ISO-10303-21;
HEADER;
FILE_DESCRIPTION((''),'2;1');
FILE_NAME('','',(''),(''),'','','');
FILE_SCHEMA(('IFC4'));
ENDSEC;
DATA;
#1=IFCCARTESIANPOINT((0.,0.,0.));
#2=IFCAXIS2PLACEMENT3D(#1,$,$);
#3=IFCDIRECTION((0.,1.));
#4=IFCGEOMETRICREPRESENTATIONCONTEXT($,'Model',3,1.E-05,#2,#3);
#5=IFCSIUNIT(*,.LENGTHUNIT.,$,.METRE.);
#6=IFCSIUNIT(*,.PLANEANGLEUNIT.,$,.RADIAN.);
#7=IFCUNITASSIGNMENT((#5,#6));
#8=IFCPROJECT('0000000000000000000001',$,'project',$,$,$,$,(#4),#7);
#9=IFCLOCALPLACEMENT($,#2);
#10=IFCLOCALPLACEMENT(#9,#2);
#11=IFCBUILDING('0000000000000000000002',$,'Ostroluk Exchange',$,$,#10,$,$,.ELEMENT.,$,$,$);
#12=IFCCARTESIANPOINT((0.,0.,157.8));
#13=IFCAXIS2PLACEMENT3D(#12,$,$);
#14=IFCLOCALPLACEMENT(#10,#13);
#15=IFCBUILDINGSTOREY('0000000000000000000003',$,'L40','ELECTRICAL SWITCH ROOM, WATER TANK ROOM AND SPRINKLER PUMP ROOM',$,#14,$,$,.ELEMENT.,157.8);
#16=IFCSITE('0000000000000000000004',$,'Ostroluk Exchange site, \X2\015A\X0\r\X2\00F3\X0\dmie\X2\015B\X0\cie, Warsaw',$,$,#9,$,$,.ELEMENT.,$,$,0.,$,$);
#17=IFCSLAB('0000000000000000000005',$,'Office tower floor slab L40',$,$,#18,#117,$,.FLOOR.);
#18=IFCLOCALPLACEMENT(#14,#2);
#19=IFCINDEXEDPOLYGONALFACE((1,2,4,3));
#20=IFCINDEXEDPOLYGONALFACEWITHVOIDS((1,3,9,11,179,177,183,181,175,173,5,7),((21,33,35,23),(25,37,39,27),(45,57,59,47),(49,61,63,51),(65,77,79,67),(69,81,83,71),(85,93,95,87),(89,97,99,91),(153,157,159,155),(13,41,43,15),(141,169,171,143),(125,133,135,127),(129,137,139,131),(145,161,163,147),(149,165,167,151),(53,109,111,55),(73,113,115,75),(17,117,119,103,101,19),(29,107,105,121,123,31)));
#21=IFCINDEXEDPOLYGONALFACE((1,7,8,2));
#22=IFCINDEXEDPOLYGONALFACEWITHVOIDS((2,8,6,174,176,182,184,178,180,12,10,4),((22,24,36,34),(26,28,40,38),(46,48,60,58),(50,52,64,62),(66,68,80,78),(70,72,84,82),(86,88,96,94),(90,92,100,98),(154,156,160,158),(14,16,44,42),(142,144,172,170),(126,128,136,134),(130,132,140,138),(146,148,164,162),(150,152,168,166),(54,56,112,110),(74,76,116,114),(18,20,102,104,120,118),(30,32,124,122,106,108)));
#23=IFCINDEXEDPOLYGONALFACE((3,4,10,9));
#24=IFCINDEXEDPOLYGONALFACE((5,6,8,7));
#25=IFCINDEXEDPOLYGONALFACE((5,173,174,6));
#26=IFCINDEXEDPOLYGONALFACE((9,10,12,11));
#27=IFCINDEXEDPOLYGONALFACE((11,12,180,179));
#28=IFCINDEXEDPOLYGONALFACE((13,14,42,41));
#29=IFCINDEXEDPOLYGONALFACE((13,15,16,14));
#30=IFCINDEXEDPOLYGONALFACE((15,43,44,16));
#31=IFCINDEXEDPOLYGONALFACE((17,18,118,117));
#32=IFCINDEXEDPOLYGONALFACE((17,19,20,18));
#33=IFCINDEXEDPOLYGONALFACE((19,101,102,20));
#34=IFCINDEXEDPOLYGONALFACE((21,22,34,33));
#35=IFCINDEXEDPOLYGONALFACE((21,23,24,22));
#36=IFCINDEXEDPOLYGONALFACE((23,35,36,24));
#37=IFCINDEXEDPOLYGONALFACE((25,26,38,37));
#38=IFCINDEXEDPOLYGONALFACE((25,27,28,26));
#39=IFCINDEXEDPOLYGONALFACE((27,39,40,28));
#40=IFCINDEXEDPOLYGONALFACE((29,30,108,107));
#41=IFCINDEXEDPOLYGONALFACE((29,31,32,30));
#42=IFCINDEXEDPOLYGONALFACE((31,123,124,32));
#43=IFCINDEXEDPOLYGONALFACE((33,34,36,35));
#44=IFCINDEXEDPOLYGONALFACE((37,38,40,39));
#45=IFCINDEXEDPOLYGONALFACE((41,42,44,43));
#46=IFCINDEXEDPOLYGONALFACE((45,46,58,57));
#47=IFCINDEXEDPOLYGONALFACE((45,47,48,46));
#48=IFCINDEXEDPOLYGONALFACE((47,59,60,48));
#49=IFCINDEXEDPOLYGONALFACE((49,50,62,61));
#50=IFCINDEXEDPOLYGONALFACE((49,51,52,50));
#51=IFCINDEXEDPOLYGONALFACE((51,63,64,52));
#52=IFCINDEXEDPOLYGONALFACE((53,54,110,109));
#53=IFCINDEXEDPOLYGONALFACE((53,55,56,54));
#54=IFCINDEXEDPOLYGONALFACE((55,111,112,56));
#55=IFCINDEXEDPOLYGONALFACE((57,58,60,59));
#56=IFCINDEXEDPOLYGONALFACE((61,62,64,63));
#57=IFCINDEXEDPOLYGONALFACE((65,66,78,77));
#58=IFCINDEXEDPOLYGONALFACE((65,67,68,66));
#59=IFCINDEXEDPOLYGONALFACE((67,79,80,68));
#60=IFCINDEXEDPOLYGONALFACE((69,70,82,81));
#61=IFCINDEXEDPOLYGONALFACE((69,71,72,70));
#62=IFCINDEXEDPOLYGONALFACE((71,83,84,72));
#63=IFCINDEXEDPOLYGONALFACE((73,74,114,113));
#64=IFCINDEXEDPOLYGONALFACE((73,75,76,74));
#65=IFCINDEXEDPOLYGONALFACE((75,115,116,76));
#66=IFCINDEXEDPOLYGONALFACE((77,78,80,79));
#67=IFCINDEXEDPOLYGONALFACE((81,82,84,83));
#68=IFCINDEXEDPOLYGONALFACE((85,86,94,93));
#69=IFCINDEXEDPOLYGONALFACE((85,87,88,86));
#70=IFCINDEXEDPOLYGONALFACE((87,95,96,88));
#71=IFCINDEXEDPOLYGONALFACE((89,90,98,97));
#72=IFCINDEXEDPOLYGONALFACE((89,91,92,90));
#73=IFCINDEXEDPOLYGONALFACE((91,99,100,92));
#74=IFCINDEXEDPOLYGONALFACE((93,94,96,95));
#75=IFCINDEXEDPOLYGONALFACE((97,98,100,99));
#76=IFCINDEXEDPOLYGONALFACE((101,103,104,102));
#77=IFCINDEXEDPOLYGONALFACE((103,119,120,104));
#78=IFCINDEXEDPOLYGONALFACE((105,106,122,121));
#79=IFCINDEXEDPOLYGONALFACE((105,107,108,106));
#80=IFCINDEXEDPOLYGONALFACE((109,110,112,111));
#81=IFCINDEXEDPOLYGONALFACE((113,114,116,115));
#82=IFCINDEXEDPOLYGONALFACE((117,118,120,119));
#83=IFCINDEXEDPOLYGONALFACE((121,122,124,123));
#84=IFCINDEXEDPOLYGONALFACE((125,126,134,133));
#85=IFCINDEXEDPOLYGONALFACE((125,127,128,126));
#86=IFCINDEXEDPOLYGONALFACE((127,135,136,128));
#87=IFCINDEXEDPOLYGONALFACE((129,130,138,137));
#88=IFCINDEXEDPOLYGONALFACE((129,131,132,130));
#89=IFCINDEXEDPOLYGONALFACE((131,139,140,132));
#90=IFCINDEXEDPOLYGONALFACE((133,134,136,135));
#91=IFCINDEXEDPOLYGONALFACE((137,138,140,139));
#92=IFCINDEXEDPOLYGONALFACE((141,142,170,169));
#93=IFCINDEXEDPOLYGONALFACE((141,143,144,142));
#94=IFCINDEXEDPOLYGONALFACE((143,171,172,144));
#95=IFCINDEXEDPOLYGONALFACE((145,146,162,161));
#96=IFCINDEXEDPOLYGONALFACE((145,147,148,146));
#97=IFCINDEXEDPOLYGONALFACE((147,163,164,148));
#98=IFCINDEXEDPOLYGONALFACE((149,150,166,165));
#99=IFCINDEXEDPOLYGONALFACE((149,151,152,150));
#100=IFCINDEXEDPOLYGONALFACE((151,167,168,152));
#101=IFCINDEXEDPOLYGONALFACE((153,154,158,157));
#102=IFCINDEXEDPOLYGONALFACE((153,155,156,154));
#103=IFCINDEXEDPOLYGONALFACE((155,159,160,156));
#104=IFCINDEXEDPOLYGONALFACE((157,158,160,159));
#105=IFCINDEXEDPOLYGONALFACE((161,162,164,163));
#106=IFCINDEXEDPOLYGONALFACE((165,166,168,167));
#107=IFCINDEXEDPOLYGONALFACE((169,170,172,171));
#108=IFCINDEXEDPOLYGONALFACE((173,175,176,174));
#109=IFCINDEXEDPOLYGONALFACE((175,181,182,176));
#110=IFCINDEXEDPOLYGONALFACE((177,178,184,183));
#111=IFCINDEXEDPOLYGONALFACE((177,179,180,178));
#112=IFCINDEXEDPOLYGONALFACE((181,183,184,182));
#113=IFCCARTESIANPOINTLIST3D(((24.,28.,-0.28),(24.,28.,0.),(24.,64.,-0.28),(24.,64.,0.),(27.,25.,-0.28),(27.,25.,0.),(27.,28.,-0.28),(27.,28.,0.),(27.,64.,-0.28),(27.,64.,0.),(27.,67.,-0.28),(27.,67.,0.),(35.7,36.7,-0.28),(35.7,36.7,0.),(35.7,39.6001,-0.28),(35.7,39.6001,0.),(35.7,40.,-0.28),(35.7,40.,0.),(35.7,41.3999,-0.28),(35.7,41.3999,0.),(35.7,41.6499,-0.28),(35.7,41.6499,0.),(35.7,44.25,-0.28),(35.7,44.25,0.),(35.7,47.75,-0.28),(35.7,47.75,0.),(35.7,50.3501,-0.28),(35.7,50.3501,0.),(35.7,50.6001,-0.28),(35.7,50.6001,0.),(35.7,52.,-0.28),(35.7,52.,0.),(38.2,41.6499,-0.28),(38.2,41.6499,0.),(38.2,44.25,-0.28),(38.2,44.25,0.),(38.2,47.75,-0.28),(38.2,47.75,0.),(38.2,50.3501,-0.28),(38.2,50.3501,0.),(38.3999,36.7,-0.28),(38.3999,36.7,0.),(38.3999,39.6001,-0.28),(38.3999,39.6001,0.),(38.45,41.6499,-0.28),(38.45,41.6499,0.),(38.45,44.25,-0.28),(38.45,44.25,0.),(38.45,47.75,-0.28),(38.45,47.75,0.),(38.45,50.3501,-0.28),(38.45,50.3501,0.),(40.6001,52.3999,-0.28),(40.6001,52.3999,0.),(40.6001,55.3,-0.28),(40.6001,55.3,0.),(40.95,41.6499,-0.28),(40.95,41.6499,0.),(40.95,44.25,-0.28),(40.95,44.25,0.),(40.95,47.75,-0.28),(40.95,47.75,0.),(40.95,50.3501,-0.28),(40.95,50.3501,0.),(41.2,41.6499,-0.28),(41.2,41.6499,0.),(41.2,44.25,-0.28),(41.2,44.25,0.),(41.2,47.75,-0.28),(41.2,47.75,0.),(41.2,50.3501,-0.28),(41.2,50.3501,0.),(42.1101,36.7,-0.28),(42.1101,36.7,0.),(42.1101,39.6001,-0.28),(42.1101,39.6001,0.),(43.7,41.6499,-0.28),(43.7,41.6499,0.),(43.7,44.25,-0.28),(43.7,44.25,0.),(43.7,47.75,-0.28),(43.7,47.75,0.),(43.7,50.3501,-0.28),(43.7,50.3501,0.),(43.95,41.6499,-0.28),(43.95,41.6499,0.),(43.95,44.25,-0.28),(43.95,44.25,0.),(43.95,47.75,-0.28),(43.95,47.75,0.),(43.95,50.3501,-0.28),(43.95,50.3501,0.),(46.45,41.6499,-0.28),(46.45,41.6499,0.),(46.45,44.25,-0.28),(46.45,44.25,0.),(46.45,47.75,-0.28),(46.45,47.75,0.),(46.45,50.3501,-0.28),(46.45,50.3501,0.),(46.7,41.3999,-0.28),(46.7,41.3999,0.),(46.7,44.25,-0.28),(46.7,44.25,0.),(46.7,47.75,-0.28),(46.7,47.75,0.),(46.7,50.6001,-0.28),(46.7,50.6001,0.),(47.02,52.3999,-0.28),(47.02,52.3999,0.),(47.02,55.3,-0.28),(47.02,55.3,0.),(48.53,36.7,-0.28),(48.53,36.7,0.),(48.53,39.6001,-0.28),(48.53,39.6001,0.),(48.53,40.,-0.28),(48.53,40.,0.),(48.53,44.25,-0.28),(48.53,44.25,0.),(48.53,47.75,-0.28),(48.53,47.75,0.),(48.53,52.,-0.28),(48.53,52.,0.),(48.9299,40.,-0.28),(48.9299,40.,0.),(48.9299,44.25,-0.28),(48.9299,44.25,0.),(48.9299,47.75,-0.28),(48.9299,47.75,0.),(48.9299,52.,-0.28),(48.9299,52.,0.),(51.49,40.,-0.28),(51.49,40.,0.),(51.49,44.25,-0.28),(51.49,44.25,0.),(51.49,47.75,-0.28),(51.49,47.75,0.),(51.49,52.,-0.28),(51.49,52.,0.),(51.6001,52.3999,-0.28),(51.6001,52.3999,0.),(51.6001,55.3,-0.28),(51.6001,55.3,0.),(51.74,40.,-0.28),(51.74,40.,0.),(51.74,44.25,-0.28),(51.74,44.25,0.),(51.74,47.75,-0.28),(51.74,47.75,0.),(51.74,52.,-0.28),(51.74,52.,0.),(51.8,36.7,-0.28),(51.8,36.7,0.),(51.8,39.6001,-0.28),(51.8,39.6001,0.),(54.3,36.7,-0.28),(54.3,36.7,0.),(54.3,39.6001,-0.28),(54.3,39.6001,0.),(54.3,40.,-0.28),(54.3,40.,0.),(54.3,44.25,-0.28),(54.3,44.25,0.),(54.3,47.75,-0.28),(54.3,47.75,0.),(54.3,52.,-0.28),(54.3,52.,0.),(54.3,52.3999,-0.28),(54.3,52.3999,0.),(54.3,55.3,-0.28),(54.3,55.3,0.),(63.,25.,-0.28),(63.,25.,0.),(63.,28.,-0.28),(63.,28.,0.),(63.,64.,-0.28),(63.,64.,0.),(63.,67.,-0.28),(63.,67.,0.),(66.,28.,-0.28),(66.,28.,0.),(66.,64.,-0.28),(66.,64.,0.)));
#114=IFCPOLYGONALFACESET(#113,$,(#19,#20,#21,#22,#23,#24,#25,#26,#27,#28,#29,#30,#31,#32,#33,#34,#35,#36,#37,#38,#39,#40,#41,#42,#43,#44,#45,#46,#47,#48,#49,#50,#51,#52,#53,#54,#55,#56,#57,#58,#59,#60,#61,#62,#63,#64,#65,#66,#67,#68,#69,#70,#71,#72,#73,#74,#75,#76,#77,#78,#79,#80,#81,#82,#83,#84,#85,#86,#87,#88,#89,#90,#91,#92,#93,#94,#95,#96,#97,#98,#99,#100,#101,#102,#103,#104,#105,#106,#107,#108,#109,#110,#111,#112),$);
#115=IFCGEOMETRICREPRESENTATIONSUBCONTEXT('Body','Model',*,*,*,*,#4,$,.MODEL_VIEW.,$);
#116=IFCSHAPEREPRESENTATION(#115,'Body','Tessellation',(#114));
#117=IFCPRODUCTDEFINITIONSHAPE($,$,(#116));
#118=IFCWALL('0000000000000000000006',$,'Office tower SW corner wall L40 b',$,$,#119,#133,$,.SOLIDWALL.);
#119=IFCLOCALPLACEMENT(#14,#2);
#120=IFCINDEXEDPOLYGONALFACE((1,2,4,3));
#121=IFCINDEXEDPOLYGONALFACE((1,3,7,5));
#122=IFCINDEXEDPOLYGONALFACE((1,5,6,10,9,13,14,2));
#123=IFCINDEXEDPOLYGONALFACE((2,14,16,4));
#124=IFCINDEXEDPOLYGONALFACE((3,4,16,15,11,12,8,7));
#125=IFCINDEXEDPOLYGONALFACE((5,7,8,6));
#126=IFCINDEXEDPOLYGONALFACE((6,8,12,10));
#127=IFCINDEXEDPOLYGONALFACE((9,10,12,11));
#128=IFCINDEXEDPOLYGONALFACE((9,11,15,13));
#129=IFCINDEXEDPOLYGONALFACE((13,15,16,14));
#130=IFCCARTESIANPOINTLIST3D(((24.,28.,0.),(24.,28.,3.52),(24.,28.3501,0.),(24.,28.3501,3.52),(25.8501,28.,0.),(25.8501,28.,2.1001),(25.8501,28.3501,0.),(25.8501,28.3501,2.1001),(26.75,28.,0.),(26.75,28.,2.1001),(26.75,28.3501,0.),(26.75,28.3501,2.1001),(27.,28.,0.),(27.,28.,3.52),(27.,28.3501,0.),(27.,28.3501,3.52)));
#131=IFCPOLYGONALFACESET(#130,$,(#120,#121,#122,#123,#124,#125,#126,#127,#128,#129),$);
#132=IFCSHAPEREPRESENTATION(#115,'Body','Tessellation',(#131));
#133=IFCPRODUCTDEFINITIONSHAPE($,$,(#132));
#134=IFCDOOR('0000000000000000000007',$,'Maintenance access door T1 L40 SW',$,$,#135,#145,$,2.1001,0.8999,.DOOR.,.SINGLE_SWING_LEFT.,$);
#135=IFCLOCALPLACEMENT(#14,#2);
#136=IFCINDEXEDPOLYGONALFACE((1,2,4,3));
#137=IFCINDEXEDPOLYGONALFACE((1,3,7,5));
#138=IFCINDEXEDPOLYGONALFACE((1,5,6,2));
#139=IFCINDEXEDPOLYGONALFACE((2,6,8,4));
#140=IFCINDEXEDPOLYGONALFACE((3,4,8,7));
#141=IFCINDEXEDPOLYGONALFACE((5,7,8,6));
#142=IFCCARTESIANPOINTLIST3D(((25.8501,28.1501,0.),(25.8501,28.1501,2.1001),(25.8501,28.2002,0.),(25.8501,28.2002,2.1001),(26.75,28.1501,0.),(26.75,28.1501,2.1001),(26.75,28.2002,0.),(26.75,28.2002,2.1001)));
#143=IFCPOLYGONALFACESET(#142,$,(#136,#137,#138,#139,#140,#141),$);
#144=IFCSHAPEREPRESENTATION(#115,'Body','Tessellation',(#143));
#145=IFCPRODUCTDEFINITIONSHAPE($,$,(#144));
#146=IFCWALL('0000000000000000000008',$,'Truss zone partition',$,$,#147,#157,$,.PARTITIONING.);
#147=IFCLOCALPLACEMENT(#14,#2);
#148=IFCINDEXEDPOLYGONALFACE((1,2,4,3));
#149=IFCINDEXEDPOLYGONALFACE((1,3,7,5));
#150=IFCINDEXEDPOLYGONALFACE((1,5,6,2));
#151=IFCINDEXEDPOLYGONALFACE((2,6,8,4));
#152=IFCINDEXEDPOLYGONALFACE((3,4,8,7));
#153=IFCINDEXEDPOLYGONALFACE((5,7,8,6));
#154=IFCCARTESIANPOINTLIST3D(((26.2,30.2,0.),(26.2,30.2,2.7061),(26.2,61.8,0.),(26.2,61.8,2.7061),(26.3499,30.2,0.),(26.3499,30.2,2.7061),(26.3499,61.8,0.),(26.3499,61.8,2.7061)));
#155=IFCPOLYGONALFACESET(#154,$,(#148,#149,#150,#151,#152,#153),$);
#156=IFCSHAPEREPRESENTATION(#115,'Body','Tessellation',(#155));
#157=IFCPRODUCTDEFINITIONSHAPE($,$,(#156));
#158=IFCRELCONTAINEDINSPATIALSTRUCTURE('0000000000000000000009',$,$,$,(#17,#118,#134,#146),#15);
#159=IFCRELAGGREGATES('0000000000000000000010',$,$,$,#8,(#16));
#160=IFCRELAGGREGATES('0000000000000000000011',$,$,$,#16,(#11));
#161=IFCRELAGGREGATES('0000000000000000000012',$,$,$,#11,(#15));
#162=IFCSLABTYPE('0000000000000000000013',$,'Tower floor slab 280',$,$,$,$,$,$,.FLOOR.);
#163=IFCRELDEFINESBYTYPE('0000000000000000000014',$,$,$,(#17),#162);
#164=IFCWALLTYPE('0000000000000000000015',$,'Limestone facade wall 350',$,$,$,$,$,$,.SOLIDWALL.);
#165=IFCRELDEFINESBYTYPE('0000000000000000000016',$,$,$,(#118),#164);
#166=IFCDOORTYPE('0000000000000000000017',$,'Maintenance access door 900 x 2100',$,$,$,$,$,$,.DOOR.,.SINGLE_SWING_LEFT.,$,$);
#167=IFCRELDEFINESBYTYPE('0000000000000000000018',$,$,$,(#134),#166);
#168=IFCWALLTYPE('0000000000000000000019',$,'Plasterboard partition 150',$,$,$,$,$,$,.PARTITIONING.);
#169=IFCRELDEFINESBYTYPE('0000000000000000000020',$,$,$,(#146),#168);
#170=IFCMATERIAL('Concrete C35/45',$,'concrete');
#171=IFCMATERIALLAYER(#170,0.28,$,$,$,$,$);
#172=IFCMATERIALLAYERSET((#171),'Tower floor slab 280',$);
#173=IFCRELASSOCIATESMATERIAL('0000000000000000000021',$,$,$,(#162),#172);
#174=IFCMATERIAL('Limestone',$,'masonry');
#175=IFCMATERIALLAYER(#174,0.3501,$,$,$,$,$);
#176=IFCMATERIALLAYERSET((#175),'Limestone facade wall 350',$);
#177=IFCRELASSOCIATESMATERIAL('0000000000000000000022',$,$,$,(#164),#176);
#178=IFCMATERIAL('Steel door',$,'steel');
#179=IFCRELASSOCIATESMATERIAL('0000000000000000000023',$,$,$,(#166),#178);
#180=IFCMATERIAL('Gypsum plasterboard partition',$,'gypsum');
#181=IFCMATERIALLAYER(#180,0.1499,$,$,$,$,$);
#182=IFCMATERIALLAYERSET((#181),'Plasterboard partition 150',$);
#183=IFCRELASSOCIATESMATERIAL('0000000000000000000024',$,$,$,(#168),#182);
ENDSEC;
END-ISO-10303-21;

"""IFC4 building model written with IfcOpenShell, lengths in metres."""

from ifc_helpers import new_model, si_unit, direction, frame, frame_2d, origin, place, context, subcontext, project, spatial, polyline, rectangle, outline, extrude, material, layer, layer_set, type_object, element, fill, save


model = new_model("IFC4")

# Units and contexts
model_context = context("Model", 3, precision=1e-05, world=origin(), true_north=direction((0.0, 1.0)))
body_context = subcontext(model_context, "Body", "Model", "MODEL_VIEW")
ifc_project = project(units=[si_unit("LENGTHUNIT", "METRE"), si_unit("PLANEANGLEUNIT", "RADIAN")], contexts=[model_context])

# Site, building, storey
site_placement = place(None, origin())
site = spatial("IfcSite", under=ifc_project, at=site_placement, Name="Ostroluk Exchange site, Śródmieście, Warsaw", CompositionType="ELEMENT", RefElevation=0.0)
building_placement = place(site_placement, origin())
building = spatial("IfcBuilding", under=site, at=building_placement, Name="Ostroluk Exchange", CompositionType="ELEMENT")
storey_placement = place(building_placement, frame((0.0, 0.0, 157.8)))
storey = spatial("IfcBuildingStorey", under=building, at=storey_placement, Name="L40", Description="ELECTRICAL SWITCH ROOM, WATER TANK ROOM AND SPRINKLER PUMP ROOM", CompositionType="ELEMENT", Elevation=157.8)

# Slab
ifc_material_1 = material(Name="Concrete C35/45", Category="concrete")
ifc_layer_1 = layer(ifc_material_1, 0.28)
ifc_layer_set_1 = layer_set([ifc_layer_1], Name="Tower floor slab 280")
slab_type_1 = type_object("IfcSlabType", Name="Tower floor slab 280", PredefinedType="FLOOR", material=ifc_layer_set_1)
slab_1_placement = place(storey_placement, frame((0.0, 0.0, -0.28)))
element("IfcSlab", 1, at=slab_1_placement, inside=storey, type_object=slab_type_1, Name="Office tower floor slab L40", PredefinedType="FLOOR", context=body_context, shape_type="SweptSolid", body=[
    extrude(outline(polyline([(27.0, 25.0), (63.0, 25.0), (63.0, 28.0), (66.0, 28.0), (66.0, 64.0), (63.0, 64.0), (63.0, 67.0), (27.0, 67.0), (27.0, 64.0), (24.0, 64.0), (24.0, 28.0), (27.0, 28.0), (27.0, 25.0)]), holes=[polyline([(35.7, 36.7), (38.3999, 36.7), (38.3999, 39.6001), (35.7, 39.6001), (35.7, 36.7)]), polyline([(42.1101, 36.7), (48.53, 36.7), (48.53, 39.6001), (42.1101, 39.6001), (42.1101, 36.7)]), polyline([(51.8, 36.7), (54.3, 36.7), (54.3, 39.6001), (51.8, 39.6001), (51.8, 36.7)]), polyline([(40.6001, 52.3999), (47.02, 52.3999), (47.02, 55.3), (40.6001, 55.3), (40.6001, 52.3999)]), polyline([(51.6001, 52.3999), (54.3, 52.3999), (54.3, 55.3), (51.6001, 55.3), (51.6001, 52.3999)]), polyline([(35.7, 47.75), (38.2, 47.75), (38.2, 50.3501), (35.7, 50.3501), (35.7, 47.75)]), polyline([(38.45, 47.75), (40.95, 47.75), (40.95, 50.3501), (38.45, 50.3501), (38.45, 47.75)]), polyline([(41.2, 47.75), (43.7, 47.75), (43.7, 50.3501), (41.2, 50.3501), (41.2, 47.75)]), polyline([(43.95, 47.75), (46.45, 47.75), (46.45, 50.3501), (43.95, 50.3501), (43.95, 47.75)]), polyline([(35.7, 41.6499), (38.2, 41.6499), (38.2, 44.25), (35.7, 44.25), (35.7, 41.6499)]), polyline([(38.45, 41.6499), (40.95, 41.6499), (40.95, 44.25), (38.45, 44.25), (38.45, 41.6499)]), polyline([(41.2, 41.6499), (43.7, 41.6499), (43.7, 44.25), (41.2, 44.25), (41.2, 41.6499)]), polyline([(43.95, 41.6499), (46.45, 41.6499), (46.45, 44.25), (43.95, 44.25), (43.95, 41.6499)]), polyline([(48.9299, 47.75), (51.49, 47.75), (51.49, 52.0), (48.9299, 52.0), (48.9299, 47.75)]), polyline([(51.74, 47.75), (54.3, 47.75), (54.3, 52.0), (51.74, 52.0), (51.74, 47.75)]), polyline([(48.9299, 40.0), (51.49, 40.0), (51.49, 44.25), (48.9299, 44.25), (48.9299, 40.0)]), polyline([(51.74, 40.0), (54.3, 40.0), (54.3, 44.25), (51.74, 44.25), (51.74, 40.0)]), polyline([(48.53, 52.0), (48.53, 47.75), (46.7, 47.75), (46.7, 50.6001), (35.7, 50.6001), (35.7, 52.0), (48.53, 52.0)]), polyline([(35.7, 40.0), (35.7, 41.3999), (46.7, 41.3999), (46.7, 44.25), (48.53, 44.25), (48.53, 40.0), (35.7, 40.0)])]), origin(), (0.0, 0.0, 1.0), 0.28),
])

# Wall, opening, door
ifc_material_2 = material(Name="Limestone", Category="masonry")
ifc_layer_2 = layer(ifc_material_2, 0.3501)
ifc_layer_set_2 = layer_set([ifc_layer_2], Name="Limestone facade wall 350")
wall_type_1 = type_object("IfcWallType", Name="Limestone facade wall 350", PredefinedType="SOLIDWALL", material=ifc_layer_set_2)
wall_1_placement = place(storey_placement, frame((27.0, 28.175, 0.0), z_axis=(0.0, 0.0, 1.0), x_axis=(-1.0, 0.0, 0.0)))
wall_1 = element("IfcWall", 2, at=wall_1_placement, inside=storey, type_object=wall_type_1, Name="Office tower SW corner wall L40 b", PredefinedType="SOLIDWALL", context=body_context, shape_type="SweptSolid", body=[
    extrude(rectangle(XDim=3.0, YDim=0.3501, at=frame_2d((1.5, 0.0))), origin(), (0.0, 0.0, 1.0), 3.52),
])
opening_placement = place(wall_1_placement, frame((0.25, 0.0, 0.0)))
opening = element("IfcOpeningElement", 3, at=opening_placement, cuts=wall_1, PredefinedType="OPENING", context=body_context, shape_type="SweptSolid", body=[
    extrude(rectangle(XDim=0.8999, YDim=2.1001, at=frame_2d((0.45, 1.05))), frame((0.0, 0.1851, 0.0), z_axis=(0.0, -1.0, 0.0), x_axis=(1.0, 0.0, 0.0)), (0.0, 0.0, 1.0), 0.3701),
])
ifc_material_3 = material(Name="Steel door", Category="steel")
door_type = type_object("IfcDoorType", Name="Maintenance access door 900 x 2100", OperationType="SINGLE_SWING_LEFT", PredefinedType="DOOR", material=ifc_material_3)
door_placement = place(opening_placement, origin())
door = element("IfcDoor", 4, at=door_placement, inside=storey, type_object=door_type, Name="Maintenance access door T1 L40 SW", OperationType="SINGLE_SWING_LEFT", OverallHeight=2.1001, OverallWidth=0.8999, PredefinedType="DOOR", context=body_context, shape_type="SweptSolid", body=[
    extrude(rectangle(XDim=0.8999, YDim=2.1001, at=frame_2d((0.45, 1.05))), frame((0.0, 0.0249, 0.0), z_axis=(0.0, -1.0, 0.0), x_axis=(1.0, 0.0, 0.0)), (0.0, 0.0, 1.0), 0.05),
])
fill(opening, door)

# Wall
ifc_material_4 = material(Name="Gypsum plasterboard partition", Category="gypsum")
ifc_layer_3 = layer(ifc_material_4, 0.1499)
ifc_layer_set_3 = layer_set([ifc_layer_3], Name="Plasterboard partition 150")
wall_type_2 = type_object("IfcWallType", Name="Plasterboard partition 150", PredefinedType="PARTITIONING", material=ifc_layer_set_3)
wall_2_placement = place(storey_placement, frame((26.2749, 30.2, 0.0), z_axis=(0.0, 0.0, 1.0), x_axis=(0.0, 1.0, 0.0)))
element("IfcWall", 5, at=wall_2_placement, inside=storey, type_object=wall_type_2, Name="Truss zone partition", PredefinedType="PARTITIONING", context=body_context, shape_type="SweptSolid", body=[
    extrude(rectangle(XDim=31.6001, YDim=0.1499, at=frame_2d((15.8, 0.0))), origin(), (0.0, 0.0, 1.0), 2.7061),
])

save(model, "model.ifc")
